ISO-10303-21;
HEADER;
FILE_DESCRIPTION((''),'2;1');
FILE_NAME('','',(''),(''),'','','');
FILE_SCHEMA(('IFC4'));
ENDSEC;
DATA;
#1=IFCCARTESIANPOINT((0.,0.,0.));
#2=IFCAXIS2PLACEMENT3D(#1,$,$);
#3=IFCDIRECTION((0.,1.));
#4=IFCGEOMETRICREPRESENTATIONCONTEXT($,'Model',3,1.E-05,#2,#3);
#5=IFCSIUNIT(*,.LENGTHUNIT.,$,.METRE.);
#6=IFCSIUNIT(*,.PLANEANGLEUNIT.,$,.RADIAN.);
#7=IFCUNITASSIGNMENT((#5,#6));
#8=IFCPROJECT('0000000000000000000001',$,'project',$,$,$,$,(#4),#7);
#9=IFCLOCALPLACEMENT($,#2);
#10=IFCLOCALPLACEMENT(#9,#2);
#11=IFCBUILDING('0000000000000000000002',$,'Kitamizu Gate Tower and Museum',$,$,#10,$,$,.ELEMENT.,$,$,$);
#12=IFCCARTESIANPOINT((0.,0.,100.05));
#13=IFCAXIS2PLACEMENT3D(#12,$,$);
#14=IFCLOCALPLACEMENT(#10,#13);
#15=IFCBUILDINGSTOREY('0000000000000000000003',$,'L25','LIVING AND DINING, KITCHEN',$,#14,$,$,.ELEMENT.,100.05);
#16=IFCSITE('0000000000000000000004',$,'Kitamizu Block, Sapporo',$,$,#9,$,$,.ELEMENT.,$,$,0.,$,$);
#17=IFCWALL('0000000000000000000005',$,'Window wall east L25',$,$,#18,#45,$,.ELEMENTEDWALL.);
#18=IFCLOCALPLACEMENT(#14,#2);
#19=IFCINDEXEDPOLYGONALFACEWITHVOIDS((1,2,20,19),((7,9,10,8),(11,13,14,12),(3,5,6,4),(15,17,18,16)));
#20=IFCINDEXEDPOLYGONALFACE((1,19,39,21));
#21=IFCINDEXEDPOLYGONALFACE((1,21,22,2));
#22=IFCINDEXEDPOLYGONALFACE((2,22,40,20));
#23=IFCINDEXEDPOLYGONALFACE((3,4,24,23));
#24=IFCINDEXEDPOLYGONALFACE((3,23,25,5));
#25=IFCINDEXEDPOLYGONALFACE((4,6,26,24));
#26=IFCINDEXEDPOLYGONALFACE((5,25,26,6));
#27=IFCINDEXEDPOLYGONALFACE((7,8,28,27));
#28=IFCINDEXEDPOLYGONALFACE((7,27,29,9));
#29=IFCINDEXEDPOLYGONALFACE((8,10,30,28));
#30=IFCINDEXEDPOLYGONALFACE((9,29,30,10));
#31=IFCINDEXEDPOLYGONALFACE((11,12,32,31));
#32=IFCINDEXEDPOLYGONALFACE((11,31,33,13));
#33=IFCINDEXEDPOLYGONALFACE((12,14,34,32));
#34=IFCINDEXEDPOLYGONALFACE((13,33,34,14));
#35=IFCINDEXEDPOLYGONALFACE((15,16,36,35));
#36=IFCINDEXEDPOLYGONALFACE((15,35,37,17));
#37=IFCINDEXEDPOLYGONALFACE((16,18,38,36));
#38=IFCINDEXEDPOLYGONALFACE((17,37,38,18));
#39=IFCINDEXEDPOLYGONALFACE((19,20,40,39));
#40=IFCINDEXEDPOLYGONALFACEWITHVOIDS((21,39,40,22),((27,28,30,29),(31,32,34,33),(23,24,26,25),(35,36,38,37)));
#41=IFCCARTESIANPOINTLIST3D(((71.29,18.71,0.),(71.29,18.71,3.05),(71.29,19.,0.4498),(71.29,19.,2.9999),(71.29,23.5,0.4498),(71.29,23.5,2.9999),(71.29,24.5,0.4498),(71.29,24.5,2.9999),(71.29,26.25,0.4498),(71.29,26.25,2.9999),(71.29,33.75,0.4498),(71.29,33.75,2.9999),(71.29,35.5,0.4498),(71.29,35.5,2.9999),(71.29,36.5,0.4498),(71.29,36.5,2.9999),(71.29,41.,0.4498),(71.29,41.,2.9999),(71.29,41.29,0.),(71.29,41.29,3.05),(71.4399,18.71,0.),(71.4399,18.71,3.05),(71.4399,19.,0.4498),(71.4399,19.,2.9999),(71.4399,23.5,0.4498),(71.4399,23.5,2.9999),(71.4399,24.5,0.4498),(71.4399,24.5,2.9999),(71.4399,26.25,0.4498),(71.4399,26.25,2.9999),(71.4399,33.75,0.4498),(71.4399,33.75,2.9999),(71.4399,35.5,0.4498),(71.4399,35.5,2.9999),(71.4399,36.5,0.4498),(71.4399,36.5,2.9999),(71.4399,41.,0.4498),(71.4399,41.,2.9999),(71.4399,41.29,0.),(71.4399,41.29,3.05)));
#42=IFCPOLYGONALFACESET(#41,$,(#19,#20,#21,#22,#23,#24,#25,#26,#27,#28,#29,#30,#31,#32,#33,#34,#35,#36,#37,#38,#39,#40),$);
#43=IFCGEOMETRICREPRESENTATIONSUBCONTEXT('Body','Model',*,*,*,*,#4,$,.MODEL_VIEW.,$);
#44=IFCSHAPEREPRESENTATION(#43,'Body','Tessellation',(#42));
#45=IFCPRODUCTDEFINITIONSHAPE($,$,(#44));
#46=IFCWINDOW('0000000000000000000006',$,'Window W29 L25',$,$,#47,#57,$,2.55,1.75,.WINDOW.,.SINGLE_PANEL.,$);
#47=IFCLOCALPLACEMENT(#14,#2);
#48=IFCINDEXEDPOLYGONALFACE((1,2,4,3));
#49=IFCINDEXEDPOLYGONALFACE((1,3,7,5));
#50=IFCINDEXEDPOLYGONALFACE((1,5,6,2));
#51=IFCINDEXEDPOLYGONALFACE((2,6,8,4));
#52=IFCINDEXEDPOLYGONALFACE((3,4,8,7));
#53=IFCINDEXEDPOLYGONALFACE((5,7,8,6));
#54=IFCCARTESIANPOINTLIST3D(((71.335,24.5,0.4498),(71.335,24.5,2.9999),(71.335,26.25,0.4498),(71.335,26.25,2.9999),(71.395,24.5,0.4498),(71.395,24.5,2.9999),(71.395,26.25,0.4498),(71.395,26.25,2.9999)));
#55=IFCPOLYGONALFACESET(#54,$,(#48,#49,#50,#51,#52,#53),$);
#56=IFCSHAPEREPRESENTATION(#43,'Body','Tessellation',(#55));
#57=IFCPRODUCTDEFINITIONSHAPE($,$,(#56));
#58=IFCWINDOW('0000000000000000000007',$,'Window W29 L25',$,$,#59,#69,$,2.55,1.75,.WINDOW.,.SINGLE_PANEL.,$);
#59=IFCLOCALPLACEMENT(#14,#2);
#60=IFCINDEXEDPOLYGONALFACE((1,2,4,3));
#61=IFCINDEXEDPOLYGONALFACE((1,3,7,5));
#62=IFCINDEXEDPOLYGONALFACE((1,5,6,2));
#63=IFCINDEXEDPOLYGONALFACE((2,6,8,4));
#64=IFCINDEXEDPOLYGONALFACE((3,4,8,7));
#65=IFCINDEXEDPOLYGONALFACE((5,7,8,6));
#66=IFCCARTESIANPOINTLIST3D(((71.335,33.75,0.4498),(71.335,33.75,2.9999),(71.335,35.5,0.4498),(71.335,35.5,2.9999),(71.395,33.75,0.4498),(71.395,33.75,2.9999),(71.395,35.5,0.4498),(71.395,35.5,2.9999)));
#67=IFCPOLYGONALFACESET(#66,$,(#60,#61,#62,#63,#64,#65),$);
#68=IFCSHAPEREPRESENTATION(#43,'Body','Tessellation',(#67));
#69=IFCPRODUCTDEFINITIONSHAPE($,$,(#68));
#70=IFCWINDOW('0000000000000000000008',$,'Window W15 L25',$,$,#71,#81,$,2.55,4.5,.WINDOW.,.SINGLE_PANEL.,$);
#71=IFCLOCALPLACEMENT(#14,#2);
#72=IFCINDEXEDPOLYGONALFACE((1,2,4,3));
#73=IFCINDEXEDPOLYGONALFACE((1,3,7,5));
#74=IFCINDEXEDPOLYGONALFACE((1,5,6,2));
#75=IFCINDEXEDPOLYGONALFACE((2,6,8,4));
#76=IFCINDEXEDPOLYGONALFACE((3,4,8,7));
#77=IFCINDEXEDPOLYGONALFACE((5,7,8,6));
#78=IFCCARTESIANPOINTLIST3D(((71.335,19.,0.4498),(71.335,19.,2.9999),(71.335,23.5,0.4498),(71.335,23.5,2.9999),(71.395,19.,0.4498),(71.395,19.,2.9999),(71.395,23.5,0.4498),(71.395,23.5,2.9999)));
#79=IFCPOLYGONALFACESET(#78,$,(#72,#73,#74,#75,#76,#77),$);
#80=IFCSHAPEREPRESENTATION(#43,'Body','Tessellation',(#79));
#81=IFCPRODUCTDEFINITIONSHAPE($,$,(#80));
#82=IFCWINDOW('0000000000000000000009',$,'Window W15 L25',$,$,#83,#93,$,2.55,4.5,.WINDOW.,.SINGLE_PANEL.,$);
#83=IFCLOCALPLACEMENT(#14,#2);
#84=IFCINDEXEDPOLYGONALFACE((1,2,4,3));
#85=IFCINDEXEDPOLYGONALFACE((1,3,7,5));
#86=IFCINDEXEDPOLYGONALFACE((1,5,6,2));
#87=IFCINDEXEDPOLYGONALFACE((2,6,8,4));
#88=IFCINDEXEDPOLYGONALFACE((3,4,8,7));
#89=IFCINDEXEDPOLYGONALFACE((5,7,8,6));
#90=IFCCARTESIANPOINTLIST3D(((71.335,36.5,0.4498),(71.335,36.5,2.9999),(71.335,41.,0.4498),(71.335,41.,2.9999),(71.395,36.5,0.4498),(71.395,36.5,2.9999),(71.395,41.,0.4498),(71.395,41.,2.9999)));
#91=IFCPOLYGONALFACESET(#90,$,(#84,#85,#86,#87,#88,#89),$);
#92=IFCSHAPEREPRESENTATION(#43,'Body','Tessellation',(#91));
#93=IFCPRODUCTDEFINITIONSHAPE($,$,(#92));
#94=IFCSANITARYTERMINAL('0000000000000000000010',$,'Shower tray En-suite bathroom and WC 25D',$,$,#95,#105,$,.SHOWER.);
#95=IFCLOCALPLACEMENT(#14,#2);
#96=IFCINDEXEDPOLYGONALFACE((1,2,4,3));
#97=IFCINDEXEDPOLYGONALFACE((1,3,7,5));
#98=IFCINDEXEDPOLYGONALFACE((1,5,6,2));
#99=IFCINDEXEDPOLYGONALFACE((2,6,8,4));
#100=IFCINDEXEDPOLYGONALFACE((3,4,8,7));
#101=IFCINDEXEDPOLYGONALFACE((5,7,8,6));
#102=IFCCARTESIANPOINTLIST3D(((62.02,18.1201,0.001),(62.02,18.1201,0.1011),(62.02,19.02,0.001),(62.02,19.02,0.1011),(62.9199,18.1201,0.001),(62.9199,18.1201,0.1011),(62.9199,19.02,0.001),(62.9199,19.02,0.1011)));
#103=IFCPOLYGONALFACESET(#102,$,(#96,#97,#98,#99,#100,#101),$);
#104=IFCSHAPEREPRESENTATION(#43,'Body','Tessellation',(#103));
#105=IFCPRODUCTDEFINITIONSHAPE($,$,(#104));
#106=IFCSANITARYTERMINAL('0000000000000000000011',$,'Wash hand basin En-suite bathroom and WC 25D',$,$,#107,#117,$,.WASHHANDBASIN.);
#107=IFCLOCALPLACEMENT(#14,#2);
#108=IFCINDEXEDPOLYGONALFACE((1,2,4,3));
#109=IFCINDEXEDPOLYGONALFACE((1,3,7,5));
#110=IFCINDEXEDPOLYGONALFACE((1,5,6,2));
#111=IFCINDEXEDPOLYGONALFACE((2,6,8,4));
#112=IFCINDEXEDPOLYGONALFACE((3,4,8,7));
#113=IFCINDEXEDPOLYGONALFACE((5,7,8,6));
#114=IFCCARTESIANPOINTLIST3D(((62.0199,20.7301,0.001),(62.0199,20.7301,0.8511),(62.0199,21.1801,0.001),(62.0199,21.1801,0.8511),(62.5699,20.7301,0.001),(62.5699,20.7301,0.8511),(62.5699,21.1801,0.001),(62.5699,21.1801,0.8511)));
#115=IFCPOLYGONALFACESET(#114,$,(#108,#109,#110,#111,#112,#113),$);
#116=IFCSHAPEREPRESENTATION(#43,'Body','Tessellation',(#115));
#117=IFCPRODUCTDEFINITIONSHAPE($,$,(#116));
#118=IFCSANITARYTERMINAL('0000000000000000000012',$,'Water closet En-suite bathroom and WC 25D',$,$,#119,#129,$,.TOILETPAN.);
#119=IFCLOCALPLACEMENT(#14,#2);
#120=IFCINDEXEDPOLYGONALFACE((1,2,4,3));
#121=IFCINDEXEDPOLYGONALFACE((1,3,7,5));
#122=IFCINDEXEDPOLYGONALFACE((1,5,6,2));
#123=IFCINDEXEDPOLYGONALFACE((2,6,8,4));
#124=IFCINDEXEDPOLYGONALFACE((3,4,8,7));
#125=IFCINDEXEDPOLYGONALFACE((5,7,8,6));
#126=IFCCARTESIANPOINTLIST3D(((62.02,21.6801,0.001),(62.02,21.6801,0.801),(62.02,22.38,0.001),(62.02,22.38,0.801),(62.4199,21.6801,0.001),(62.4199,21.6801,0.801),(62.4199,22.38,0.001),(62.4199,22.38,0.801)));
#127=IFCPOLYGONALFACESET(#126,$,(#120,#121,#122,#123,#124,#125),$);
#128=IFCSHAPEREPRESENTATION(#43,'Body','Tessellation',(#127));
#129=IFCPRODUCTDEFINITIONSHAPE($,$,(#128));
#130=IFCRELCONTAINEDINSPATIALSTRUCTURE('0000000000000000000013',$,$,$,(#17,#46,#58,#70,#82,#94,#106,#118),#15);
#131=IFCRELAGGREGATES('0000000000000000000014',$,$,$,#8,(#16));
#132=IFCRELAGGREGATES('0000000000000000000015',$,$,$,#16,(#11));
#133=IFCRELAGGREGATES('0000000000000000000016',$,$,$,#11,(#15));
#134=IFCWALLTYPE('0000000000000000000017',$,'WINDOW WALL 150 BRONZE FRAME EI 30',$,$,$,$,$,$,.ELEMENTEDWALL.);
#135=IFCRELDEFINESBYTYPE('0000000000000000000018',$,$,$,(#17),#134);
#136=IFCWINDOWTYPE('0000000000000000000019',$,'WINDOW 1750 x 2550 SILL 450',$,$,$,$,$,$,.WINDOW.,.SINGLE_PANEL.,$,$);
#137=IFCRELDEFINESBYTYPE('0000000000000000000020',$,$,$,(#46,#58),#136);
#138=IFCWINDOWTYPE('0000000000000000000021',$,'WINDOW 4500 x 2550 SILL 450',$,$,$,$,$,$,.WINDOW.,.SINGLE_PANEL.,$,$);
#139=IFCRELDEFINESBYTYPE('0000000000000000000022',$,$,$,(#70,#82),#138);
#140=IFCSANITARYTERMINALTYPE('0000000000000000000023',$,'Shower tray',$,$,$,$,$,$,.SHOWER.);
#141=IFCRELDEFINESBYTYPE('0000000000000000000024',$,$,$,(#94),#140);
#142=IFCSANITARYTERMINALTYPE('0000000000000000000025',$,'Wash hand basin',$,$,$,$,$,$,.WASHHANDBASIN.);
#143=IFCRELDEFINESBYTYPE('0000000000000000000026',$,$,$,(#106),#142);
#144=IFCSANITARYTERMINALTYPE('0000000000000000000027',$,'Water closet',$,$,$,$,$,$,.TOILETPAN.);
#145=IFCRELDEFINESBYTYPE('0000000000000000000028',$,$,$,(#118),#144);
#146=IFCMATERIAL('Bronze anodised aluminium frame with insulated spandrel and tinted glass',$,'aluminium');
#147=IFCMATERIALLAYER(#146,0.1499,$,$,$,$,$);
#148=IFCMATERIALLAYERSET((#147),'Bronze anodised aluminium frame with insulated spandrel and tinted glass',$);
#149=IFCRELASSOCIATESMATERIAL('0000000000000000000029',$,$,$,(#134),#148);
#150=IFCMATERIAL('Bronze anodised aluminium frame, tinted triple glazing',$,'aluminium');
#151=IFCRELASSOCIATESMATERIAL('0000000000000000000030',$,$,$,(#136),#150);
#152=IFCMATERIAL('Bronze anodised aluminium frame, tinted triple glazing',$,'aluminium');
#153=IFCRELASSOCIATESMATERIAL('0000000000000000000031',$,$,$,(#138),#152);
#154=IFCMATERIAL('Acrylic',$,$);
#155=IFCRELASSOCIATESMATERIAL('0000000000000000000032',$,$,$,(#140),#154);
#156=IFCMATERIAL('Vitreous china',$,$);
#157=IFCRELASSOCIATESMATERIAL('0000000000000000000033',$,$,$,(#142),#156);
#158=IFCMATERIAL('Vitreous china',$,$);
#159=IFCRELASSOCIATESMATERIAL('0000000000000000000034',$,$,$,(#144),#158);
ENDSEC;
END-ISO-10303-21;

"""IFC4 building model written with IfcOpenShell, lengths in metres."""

from ifc_helpers import new_model, si_unit, direction, frame, frame_2d, origin, origin_2d, place, context, subcontext, project, spatial, rectangle, extrude, material, layer, layer_set, type_object, element, fill, save


model = new_model("IFC4")

# Units and contexts
model_context = context("Model", 3, precision=1e-05, world=origin(), true_north=direction((0.0, 1.0)))
body_context = subcontext(model_context, "Body", "Model", "MODEL_VIEW")
ifc_project = project(units=[si_unit("LENGTHUNIT", "METRE"), si_unit("PLANEANGLEUNIT", "RADIAN")], contexts=[model_context])

# Site, building, storey
site_placement = place(None, origin())
site = spatial("IfcSite", under=ifc_project, at=site_placement, Name="Kitamizu Block, Sapporo", CompositionType="ELEMENT", RefElevation=0.0)
building_placement = place(site_placement, origin())
building = spatial("IfcBuilding", under=site, at=building_placement, Name="Kitamizu Gate Tower and Museum", CompositionType="ELEMENT")
storey_placement = place(building_placement, frame((0.0, 0.0, 100.05)))
storey = spatial("IfcBuildingStorey", under=building, at=storey_placement, Name="L25", Description="LIVING AND DINING, KITCHEN", CompositionType="ELEMENT", Elevation=100.05)

# Shared definitions
ifc_material_1 = material(Name="Bronze anodised aluminium frame with insulated spandrel and tinted glass", Category="aluminium")
ifc_layer_1 = layer(ifc_material_1, 0.1499)
ifc_layer_set_1 = layer_set([ifc_layer_1], Name="Bronze anodised aluminium frame with insulated spandrel and tinted glass")
wall_type_1 = type_object("IfcWallType", Name="WINDOW WALL 150 BRONZE FRAME EI 30", PredefinedType="ELEMENTEDWALL", material=ifc_layer_set_1)

# Wall, openings, windows
wall_1_placement = place(storey_placement, frame((71.365, 18.71, 0.0), z_axis=(0.0, 0.0, 1.0), x_axis=(0.0, 1.0, 0.0)))
wall_1 = element("IfcWall", 1, at=wall_1_placement, inside=storey, type_object=wall_type_1, Name="Window wall east L25", PredefinedType="ELEMENTEDWALL", context=body_context, shape_type="SweptSolid", body=[
    extrude(rectangle(XDim=22.5801, YDim=0.1499, at=frame_2d((11.29, 0.0))), origin(), (0.0, 0.0, 1.0), 3.05),
])
opening_1_placement = place(wall_1_placement, frame((0.29, 0.0, 0.45)))
opening_1 = element("IfcOpeningElement", 2, at=opening_1_placement, cuts=wall_1, PredefinedType="OPENING", context=body_context, shape_type="SweptSolid", body=[
    extrude(rectangle(XDim=4.5, YDim=2.55, at=frame_2d((2.25, 1.2749))), frame((0.0, 0.085, 0.0), z_axis=(0.0, -1.0, 0.0), x_axis=(1.0, 0.0, 0.0)), (0.0, 0.0, 1.0), 0.1699),
])
opening_2_placement = place(wall_1_placement, frame((5.79, 0.0, 0.45)))
opening_2 = element("IfcOpeningElement", 3, at=opening_2_placement, cuts=wall_1, PredefinedType="OPENING", context=body_context, shape_type="SweptSolid", body=[
    extrude(rectangle(XDim=1.75, YDim=2.55, at=frame_2d((0.875, 1.2749))), frame((0.0, 0.085, 0.0), z_axis=(0.0, -1.0, 0.0), x_axis=(1.0, 0.0, 0.0)), (0.0, 0.0, 1.0), 0.1699),
])
opening_3_placement = place(wall_1_placement, frame((15.04, 0.0, 0.45)))
opening_3 = element("IfcOpeningElement", 4, at=opening_3_placement, cuts=wall_1, PredefinedType="OPENING", context=body_context, shape_type="SweptSolid", body=[
    extrude(rectangle(XDim=1.75, YDim=2.55, at=frame_2d((0.875, 1.2749))), frame((0.0, 0.085, 0.0), z_axis=(0.0, -1.0, 0.0), x_axis=(1.0, 0.0, 0.0)), (0.0, 0.0, 1.0), 0.1699),
])
opening_4_placement = place(wall_1_placement, frame((17.79, 0.0, 0.45)))
opening_4 = element("IfcOpeningElement", 5, at=opening_4_placement, cuts=wall_1, PredefinedType="OPENING", context=body_context, shape_type="SweptSolid", body=[
    extrude(rectangle(XDim=4.5, YDim=2.55, at=frame_2d((2.25, 1.2749))), frame((0.0, 0.085, 0.0), z_axis=(0.0, -1.0, 0.0), x_axis=(1.0, 0.0, 0.0)), (0.0, 0.0, 1.0), 0.1699),
])
ifc_material_2 = material(Name="Bronze anodised aluminium frame, tinted triple glazing", Category="aluminium")
window_type_1 = type_object("IfcWindowType", Name="WINDOW 1750 x 2550 SILL 450", PartitioningType="SINGLE_PANEL", PredefinedType="WINDOW", material=ifc_material_2)
window_1_placement = place(opening_2_placement, origin())
window_1 = element("IfcWindow", 6, at=window_1_placement, inside=storey, type_object=window_type_1, Name="Window W29 L25", OverallHeight=2.55, OverallWidth=1.75, PartitioningType="SINGLE_PANEL", PredefinedType="WINDOW", context=body_context, shape_type="SweptSolid", body=[
    extrude(rectangle(XDim=1.75, YDim=2.55, at=frame_2d((0.875, 1.2749))), frame((0.0, 0.03, 0.0), z_axis=(0.0, -1.0, 0.0), x_axis=(1.0, 0.0, 0.0)), (0.0, 0.0, 1.0), 0.0601),
])
fill(opening_2, window_1)
window_2_placement = place(opening_3_placement, origin())
window_2 = element("IfcWindow", 7, at=window_2_placement, inside=storey, type_object=window_type_1, Name="Window W29 L25", OverallHeight=2.55, OverallWidth=1.75, PartitioningType="SINGLE_PANEL", PredefinedType="WINDOW", context=body_context, shape_type="SweptSolid", body=[
    extrude(rectangle(XDim=1.75, YDim=2.55, at=frame_2d((0.875, 1.2749))), frame((0.0, 0.03, 0.0), z_axis=(0.0, -1.0, 0.0), x_axis=(1.0, 0.0, 0.0)), (0.0, 0.0, 1.0), 0.0601),
])
fill(opening_3, window_2)
ifc_material_3 = material(Name="Bronze anodised aluminium frame, tinted triple glazing", Category="aluminium")
window_type_2 = type_object("IfcWindowType", Name="WINDOW 4500 x 2550 SILL 450", PartitioningType="SINGLE_PANEL", PredefinedType="WINDOW", material=ifc_material_3)
window_3_placement = place(opening_1_placement, origin())
window_3 = element("IfcWindow", 8, at=window_3_placement, inside=storey, type_object=window_type_2, Name="Window W15 L25", OverallHeight=2.55, OverallWidth=4.5, PartitioningType="SINGLE_PANEL", PredefinedType="WINDOW", context=body_context, shape_type="SweptSolid", body=[
    extrude(rectangle(XDim=4.5, YDim=2.55, at=frame_2d((2.25, 1.2749))), frame((0.0, 0.03, 0.0), z_axis=(0.0, -1.0, 0.0), x_axis=(1.0, 0.0, 0.0)), (0.0, 0.0, 1.0), 0.0601),
])
fill(opening_1, window_3)
window_4_placement = place(opening_4_placement, origin())
window_4 = element("IfcWindow", 9, at=window_4_placement, inside=storey, type_object=window_type_2, Name="Window W15 L25", OverallHeight=2.55, OverallWidth=4.5, PartitioningType="SINGLE_PANEL", PredefinedType="WINDOW", context=body_context, shape_type="SweptSolid", body=[
    extrude(rectangle(XDim=4.5, YDim=2.55, at=frame_2d((2.25, 1.2749))), frame((0.0, 0.03, 0.0), z_axis=(0.0, -1.0, 0.0), x_axis=(1.0, 0.0, 0.0)), (0.0, 0.0, 1.0), 0.0601),
])
fill(opening_4, window_4)

# Sanitary terminals
ifc_material_4 = material(Name="Acrylic")
sanitary_terminal_type_1 = type_object("IfcSanitaryTerminalType", Name="Shower tray", PredefinedType="SHOWER", material=ifc_material_4)
sanitary_terminal_1_placement = place(storey_placement, frame((62.47, 18.5701, 0.001), z_axis=(0.0, 0.0, 1.0), x_axis=(1.0, 0.0, 0.0)))
element("IfcSanitaryTerminal", 10, at=sanitary_terminal_1_placement, inside=storey, type_object=sanitary_terminal_type_1, Name="Shower tray En-suite bathroom and WC 25D", PredefinedType="SHOWER", context=body_context, shape_type="SweptSolid", body=[
    extrude(rectangle(XDim=0.8999, YDim=0.8999, at=origin_2d()), origin(), (0.0, 0.0, 1.0), 0.1001),
])
ifc_material_5 = material(Name="Vitreous china")
sanitary_terminal_type_2 = type_object("IfcSanitaryTerminalType", Name="Wash hand basin", PredefinedType="WASHHANDBASIN", material=ifc_material_5)
sanitary_terminal_2_placement = place(storey_placement, frame((62.2949, 20.9551, 0.001), z_axis=(0.0, 0.0, 1.0), x_axis=(1.0, 0.0, 0.0)))
element("IfcSanitaryTerminal", 11, at=sanitary_terminal_2_placement, inside=storey, type_object=sanitary_terminal_type_2, Name="Wash hand basin En-suite bathroom and WC 25D", PredefinedType="WASHHANDBASIN", context=body_context, shape_type="SweptSolid", body=[
    extrude(rectangle(XDim=0.55, YDim=0.45, at=origin_2d()), origin(), (0.0, 0.0, 1.0), 0.8501),
])
ifc_material_6 = material(Name="Vitreous china")
sanitary_terminal_type_3 = type_object("IfcSanitaryTerminalType", Name="Water closet", PredefinedType="TOILETPAN", material=ifc_material_6)
sanitary_terminal_3_placement = place(storey_placement, frame((62.22, 22.03, 0.001), z_axis=(0.0, 0.0, 1.0), x_axis=(1.0, 0.0, 0.0)))
element("IfcSanitaryTerminal", 12, at=sanitary_terminal_3_placement, inside=storey, type_object=sanitary_terminal_type_3, Name="Water closet En-suite bathroom and WC 25D", PredefinedType="TOILETPAN", context=body_context, shape_type="SweptSolid", body=[
    extrude(rectangle(XDim=0.3999, YDim=0.7, at=origin_2d()), origin(), (0.0, 0.0, 1.0), 0.8),
])

save(model, "model.ifc")
